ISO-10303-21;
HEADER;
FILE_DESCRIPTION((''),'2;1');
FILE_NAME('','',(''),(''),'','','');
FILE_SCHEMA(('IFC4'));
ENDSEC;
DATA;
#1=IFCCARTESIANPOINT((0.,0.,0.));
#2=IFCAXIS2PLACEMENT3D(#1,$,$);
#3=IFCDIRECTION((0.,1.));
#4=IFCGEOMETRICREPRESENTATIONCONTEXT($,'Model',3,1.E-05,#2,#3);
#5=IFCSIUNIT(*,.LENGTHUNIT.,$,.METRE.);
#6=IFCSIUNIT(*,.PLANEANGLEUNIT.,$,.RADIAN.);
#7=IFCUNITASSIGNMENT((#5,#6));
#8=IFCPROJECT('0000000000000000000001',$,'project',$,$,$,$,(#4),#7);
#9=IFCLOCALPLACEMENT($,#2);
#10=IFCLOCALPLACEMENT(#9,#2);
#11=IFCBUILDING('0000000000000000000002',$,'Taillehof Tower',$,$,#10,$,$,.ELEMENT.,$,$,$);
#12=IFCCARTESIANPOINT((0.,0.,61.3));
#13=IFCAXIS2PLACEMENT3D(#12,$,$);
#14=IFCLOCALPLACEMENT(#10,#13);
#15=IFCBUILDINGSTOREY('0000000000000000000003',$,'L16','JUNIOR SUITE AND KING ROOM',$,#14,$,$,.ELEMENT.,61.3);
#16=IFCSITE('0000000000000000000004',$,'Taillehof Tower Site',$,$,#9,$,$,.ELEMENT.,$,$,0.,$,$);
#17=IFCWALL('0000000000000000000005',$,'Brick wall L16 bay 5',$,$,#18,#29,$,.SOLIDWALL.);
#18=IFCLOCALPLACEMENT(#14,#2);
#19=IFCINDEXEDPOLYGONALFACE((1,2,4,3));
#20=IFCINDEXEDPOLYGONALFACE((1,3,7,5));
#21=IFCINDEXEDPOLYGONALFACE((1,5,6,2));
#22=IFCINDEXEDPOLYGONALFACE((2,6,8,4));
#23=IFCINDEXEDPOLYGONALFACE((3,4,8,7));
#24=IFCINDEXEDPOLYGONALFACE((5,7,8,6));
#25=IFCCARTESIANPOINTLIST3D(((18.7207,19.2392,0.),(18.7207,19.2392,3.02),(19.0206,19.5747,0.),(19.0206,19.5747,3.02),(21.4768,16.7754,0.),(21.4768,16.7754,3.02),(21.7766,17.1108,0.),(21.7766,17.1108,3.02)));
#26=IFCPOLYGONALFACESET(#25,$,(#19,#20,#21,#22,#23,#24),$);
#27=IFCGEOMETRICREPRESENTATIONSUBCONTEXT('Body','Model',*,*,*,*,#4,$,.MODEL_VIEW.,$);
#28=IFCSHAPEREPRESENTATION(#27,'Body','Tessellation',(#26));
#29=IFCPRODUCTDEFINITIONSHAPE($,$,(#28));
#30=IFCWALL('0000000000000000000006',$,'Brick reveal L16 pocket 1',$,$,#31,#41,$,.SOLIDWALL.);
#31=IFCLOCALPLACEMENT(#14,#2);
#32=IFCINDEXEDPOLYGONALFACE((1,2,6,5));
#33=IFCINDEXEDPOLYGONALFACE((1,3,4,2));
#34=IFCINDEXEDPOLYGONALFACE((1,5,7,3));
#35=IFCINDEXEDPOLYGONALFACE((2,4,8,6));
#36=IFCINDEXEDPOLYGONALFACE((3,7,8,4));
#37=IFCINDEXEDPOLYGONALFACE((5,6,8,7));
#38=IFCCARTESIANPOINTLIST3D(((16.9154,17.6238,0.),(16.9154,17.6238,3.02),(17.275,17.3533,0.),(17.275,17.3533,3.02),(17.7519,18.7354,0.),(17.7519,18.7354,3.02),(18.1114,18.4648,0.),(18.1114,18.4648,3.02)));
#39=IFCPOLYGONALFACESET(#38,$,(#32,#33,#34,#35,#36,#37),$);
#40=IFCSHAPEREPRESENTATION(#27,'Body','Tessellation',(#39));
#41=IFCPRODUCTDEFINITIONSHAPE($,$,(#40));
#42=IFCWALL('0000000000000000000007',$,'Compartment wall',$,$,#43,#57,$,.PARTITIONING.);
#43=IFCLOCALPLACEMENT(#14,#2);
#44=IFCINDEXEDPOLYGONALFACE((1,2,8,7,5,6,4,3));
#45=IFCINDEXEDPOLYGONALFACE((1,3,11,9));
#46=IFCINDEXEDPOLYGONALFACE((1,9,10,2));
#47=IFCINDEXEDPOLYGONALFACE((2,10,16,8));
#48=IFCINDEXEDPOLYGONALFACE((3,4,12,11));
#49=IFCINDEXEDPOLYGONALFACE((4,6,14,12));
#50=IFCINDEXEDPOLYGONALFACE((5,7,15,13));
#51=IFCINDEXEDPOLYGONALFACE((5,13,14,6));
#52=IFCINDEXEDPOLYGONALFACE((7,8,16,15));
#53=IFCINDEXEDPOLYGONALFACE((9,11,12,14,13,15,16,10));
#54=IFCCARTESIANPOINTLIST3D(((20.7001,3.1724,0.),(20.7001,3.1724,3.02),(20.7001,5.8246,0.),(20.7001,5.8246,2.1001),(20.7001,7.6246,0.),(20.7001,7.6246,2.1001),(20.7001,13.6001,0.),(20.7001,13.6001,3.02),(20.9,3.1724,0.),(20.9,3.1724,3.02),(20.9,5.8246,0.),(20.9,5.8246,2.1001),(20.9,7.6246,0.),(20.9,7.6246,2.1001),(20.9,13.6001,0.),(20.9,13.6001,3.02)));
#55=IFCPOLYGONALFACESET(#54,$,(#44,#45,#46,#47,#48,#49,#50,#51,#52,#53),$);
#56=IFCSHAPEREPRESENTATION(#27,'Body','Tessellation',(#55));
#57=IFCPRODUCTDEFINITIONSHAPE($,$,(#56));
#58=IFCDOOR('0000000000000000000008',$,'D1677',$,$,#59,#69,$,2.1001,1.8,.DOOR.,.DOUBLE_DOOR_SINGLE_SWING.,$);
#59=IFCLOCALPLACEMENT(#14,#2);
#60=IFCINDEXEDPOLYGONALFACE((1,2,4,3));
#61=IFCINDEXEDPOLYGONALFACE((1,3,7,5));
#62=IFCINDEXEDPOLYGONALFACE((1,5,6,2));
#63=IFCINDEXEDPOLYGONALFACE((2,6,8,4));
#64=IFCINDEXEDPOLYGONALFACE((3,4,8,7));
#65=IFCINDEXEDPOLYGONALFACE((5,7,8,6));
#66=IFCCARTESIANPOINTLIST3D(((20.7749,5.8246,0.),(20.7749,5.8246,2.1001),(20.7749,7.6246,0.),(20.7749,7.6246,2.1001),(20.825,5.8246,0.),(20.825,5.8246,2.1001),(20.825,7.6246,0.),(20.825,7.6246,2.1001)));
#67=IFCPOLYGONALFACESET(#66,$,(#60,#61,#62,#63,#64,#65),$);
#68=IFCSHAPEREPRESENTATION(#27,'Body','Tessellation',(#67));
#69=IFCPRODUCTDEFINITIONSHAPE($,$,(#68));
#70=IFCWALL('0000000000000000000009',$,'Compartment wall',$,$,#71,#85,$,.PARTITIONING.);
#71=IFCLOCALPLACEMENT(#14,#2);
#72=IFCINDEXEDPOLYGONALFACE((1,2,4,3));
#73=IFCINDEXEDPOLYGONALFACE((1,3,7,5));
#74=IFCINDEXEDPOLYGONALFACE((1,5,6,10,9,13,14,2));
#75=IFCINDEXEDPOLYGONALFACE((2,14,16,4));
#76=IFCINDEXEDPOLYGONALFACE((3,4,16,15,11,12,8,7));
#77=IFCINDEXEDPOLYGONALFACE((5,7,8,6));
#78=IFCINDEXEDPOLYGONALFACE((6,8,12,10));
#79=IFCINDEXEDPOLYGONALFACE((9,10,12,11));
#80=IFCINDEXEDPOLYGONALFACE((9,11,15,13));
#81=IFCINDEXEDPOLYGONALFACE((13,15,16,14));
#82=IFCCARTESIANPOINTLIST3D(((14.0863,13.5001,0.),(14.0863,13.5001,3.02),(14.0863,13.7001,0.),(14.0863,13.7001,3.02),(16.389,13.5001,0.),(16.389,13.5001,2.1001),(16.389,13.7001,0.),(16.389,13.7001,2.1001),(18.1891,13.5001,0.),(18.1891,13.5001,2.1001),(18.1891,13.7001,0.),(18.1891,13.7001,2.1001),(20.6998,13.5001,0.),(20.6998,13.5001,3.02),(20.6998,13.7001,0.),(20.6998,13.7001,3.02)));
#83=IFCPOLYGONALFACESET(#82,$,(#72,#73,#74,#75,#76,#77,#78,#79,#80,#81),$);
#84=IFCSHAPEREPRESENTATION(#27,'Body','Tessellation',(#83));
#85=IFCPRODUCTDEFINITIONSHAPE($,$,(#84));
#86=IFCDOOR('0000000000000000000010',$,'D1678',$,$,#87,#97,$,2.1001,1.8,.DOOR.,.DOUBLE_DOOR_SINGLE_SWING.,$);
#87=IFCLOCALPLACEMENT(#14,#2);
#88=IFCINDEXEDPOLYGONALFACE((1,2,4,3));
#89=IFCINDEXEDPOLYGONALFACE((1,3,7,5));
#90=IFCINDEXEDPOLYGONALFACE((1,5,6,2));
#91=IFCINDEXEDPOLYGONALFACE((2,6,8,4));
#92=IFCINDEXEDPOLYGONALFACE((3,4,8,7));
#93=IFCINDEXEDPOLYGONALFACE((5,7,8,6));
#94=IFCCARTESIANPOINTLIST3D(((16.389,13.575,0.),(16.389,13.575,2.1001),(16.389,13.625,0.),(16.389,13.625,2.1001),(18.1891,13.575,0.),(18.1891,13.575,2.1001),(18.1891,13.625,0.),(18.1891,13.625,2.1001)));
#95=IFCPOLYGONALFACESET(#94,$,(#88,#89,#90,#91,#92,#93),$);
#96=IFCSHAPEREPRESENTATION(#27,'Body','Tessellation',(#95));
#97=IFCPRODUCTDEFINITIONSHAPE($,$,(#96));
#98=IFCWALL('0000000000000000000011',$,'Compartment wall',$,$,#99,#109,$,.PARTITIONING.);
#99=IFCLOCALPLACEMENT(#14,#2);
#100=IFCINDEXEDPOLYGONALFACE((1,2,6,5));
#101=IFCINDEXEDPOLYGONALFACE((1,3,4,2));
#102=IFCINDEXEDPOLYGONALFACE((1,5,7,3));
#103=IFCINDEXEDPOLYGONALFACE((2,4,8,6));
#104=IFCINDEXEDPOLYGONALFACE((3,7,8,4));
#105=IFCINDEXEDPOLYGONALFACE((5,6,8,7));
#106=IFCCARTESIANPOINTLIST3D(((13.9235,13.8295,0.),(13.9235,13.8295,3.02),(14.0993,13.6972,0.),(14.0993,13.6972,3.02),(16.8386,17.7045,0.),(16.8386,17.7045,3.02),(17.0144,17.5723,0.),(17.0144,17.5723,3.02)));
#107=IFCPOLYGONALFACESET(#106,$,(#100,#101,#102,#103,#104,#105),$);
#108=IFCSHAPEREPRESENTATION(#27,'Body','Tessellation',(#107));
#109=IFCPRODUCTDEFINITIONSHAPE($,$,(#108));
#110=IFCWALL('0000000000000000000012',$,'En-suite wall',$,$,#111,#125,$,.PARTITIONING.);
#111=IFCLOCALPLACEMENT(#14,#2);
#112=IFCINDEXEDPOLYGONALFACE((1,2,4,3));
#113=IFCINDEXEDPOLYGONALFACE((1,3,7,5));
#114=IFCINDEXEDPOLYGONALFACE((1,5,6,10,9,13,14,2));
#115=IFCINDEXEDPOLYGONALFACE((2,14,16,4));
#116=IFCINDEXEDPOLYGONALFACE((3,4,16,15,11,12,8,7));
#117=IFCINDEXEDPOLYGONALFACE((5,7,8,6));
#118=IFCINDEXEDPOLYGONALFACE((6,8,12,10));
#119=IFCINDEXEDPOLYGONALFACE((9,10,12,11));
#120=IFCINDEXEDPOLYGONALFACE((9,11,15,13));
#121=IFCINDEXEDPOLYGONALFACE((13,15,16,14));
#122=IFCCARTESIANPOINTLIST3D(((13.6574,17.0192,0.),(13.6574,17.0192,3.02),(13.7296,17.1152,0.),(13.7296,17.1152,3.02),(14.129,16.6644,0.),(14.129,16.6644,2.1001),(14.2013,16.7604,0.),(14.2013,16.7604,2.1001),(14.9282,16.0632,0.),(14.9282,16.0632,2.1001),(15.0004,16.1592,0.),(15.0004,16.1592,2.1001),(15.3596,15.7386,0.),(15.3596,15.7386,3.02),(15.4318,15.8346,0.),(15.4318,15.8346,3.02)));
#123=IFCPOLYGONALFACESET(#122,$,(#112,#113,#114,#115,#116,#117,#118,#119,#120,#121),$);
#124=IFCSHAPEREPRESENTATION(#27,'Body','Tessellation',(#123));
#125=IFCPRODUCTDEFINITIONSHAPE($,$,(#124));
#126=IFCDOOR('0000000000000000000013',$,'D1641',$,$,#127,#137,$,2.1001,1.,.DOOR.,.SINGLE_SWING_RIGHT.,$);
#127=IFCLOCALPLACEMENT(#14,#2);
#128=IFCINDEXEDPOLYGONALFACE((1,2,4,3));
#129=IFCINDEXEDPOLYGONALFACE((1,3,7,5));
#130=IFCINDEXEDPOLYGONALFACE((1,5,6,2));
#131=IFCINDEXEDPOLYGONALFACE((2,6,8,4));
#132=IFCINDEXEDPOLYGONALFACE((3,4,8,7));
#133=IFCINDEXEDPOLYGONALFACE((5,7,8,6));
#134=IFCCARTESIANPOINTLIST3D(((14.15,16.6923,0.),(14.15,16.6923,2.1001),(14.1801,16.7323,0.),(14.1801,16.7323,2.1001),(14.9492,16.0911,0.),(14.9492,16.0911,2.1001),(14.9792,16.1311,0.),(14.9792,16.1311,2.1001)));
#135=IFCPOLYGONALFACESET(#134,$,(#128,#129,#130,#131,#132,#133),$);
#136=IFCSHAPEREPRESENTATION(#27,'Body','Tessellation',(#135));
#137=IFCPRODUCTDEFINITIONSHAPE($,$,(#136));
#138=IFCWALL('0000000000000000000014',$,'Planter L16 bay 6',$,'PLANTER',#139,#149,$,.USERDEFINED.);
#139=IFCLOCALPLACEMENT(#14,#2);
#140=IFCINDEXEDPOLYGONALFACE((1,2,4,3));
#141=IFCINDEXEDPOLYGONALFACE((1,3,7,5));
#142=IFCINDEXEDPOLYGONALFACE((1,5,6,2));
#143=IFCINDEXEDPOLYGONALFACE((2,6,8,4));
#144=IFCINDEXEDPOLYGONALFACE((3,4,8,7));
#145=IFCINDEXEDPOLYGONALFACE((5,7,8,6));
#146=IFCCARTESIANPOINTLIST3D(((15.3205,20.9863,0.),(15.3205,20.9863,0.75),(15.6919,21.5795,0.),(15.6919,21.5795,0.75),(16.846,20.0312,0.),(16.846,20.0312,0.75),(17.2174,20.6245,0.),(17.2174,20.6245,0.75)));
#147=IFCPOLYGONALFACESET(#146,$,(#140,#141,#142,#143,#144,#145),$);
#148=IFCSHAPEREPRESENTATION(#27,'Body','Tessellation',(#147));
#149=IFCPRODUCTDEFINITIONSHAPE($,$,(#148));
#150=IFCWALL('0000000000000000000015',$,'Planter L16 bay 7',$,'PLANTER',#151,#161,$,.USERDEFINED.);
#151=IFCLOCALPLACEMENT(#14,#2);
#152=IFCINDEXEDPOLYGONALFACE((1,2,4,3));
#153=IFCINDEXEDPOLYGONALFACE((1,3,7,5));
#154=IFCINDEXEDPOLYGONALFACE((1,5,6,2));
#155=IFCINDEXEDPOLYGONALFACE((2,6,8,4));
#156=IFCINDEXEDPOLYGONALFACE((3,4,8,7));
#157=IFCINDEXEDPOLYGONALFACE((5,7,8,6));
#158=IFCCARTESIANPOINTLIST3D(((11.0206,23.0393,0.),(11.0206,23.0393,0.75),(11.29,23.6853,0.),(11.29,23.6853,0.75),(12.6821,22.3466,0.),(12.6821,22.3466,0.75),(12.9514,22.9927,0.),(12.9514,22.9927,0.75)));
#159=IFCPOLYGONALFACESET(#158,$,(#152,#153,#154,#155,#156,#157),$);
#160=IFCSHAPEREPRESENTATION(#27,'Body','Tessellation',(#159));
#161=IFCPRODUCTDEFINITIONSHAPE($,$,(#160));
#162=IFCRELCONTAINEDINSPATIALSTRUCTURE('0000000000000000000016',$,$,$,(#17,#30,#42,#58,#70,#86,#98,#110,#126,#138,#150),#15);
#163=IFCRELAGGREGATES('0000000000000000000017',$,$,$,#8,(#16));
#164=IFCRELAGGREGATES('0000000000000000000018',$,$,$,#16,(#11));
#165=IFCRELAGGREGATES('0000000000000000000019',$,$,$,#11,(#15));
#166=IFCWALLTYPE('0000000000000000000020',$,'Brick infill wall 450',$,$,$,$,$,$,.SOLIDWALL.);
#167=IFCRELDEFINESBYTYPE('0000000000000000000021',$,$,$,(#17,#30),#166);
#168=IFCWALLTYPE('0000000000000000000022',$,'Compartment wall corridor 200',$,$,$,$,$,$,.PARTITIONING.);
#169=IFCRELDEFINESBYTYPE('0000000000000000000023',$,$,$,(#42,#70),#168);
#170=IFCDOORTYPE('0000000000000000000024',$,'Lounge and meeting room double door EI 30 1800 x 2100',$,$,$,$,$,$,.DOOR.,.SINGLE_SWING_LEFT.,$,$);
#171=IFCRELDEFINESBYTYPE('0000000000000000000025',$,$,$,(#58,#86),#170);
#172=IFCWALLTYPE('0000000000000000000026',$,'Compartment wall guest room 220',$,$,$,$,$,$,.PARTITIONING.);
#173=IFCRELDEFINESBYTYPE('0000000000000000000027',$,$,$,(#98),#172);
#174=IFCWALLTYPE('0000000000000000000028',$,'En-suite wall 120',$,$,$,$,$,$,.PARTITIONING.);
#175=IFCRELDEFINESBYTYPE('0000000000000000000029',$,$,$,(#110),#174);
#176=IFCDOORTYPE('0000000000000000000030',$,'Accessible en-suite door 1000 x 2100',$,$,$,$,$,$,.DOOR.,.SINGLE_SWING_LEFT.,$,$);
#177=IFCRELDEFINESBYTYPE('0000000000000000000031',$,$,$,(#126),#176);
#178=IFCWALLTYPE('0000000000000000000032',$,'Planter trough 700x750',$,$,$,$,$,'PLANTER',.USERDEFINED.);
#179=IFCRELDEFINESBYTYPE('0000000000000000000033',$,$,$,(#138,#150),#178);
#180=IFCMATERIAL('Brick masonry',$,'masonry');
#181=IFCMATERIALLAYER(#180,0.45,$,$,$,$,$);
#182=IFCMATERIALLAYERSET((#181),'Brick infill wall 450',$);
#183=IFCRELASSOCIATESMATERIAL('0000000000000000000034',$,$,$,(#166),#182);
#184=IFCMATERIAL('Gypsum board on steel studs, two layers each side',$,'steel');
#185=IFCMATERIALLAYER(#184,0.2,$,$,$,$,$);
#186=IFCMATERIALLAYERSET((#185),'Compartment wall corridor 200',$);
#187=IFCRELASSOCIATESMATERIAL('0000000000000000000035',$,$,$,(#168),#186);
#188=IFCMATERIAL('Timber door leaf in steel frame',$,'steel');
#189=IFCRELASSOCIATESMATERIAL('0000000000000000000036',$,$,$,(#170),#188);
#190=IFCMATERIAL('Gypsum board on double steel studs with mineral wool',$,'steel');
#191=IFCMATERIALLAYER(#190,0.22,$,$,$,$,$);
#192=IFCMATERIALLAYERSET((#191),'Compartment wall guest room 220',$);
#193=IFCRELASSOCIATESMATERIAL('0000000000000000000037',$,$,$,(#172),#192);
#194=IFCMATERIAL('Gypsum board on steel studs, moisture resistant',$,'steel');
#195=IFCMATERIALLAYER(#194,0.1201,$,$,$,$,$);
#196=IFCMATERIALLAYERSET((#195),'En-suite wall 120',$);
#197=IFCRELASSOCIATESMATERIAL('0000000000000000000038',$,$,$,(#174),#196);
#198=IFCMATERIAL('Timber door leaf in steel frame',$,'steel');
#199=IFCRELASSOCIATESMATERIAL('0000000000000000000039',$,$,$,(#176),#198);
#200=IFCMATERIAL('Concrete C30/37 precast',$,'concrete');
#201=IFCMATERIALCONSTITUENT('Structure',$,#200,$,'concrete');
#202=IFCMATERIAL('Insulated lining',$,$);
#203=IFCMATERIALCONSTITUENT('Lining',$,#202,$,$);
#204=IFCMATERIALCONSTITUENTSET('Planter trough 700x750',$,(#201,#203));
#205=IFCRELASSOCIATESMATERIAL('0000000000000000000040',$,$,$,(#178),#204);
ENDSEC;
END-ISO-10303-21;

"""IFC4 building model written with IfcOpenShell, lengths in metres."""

from ifc_helpers import new_model, si_unit, direction, frame, frame_2d, origin, place, context, subcontext, project, spatial, rectangle, extrude, material, layer, layer_set, constituent, constituent_set, type_object, element, fill, save


model = new_model("IFC4")

# Units and contexts
model_context = context("Model", 3, precision=1e-05, world=origin(), true_north=direction((0.0, 1.0)))
body_context = subcontext(model_context, "Body", "Model", "MODEL_VIEW")
ifc_project = project(units=[si_unit("LENGTHUNIT", "METRE"), si_unit("PLANEANGLEUNIT", "RADIAN")], contexts=[model_context])

# Site, building, storey
site_placement = place(None, origin())
site = spatial("IfcSite", under=ifc_project, at=site_placement, Name="Taillehof Tower Site", CompositionType="ELEMENT", RefElevation=0.0)
building_placement = place(site_placement, origin())
building = spatial("IfcBuilding", under=site, at=building_placement, Name="Taillehof Tower", CompositionType="ELEMENT")
storey_placement = place(building_placement, frame((0.0, 0.0, 61.3)))
storey = spatial("IfcBuildingStorey", under=building, at=storey_placement, Name="L16", Description="JUNIOR SUITE AND KING ROOM", CompositionType="ELEMENT", Elevation=61.3)

# Shared definitions
ifc_material_1 = material(Name="Brick masonry", Category="masonry")
ifc_layer_1 = layer(ifc_material_1, 0.45)
ifc_layer_set_1 = layer_set([ifc_layer_1], Name="Brick infill wall 450")
wall_type_1 = type_object("IfcWallType", Name="Brick infill wall 450", PredefinedType="SOLIDWALL", material=ifc_layer_set_1)

# Walls
wall_1_placement = place(storey_placement, frame((21.6267, 16.9431, 0.0), z_axis=(0.0, 0.0, 1.0), x_axis=(-0.745526, 0.666476, 0.0)))
element("IfcWall", 1, at=wall_1_placement, inside=storey, type_object=wall_type_1, Name="Brick wall L16 bay 5", PredefinedType="SOLIDWALL", context=body_context, shape_type="SweptSolid", body=[
    extrude(rectangle(XDim=3.6968, YDim=0.45, at=frame_2d((1.8484, 0.0))), origin(), (0.0, 0.0, 1.0), 3.02),
])
wall_2_placement = place(storey_placement, frame((17.9316, 18.6001, 0.0), z_axis=(0.0, 0.0, 1.0), x_axis=(-0.601263, -0.799051, 0.0)))
element("IfcWall", 2, at=wall_2_placement, inside=storey, type_object=wall_type_1, Name="Brick reveal L16 pocket 1", PredefinedType="SOLIDWALL", context=body_context, shape_type="SweptSolid", body=[
    extrude(rectangle(XDim=1.3911, YDim=0.45, at=frame_2d((0.6956, 0.0))), origin(), (0.0, 0.0, 1.0), 3.02),
])

# Walls, openings, doors
ifc_material_2 = material(Name="Gypsum board on steel studs, two layers each side", Category="steel")
ifc_layer_2 = layer(ifc_material_2, 0.2)
ifc_layer_set_2 = layer_set([ifc_layer_2], Name="Compartment wall corridor 200")
wall_type_2 = type_object("IfcWallType", Name="Compartment wall corridor 200", PredefinedType="PARTITIONING", material=ifc_layer_set_2)
wall_3_placement = place(storey_placement, frame((20.8, 13.6001, 0.0), z_axis=(0.0, 0.0, 1.0), x_axis=(0.0, -1.0, 0.0)))
wall_3 = element("IfcWall", 3, at=wall_3_placement, inside=storey, type_object=wall_type_2, Name="Compartment wall", PredefinedType="PARTITIONING", context=body_context, shape_type="SweptSolid", body=[
    extrude(rectangle(XDim=10.4277, YDim=0.2, at=frame_2d((5.2139, 0.0))), origin(), (0.0, 0.0, 1.0), 3.02),
])
opening_1_placement = place(wall_3_placement, frame((5.9756, 0.0, 0.0)))
opening_1 = element("IfcOpeningElement", 4, at=opening_1_placement, cuts=wall_3, PredefinedType="OPENING", context=body_context, shape_type="SweptSolid", body=[
    extrude(rectangle(XDim=1.8, YDim=2.1001, at=frame_2d((0.8999, 1.05))), frame((0.0, 0.1099, 0.0), z_axis=(0.0, -1.0, 0.0), x_axis=(1.0, 0.0, 0.0)), (0.0, 0.0, 1.0), 0.22),
])
ifc_material_3 = material(Name="Timber door leaf in steel frame", Category="steel")
door_type_1 = type_object("IfcDoorType", Name="Lounge and meeting room double door EI 30 1800 x 2100", OperationType="SINGLE_SWING_LEFT", PredefinedType="DOOR", material=ifc_material_3)
door_1_placement = place(opening_1_placement, origin())
door_1 = element("IfcDoor", 5, at=door_1_placement, inside=storey, type_object=door_type_1, Name="D1677", OperationType="DOUBLE_DOOR_SINGLE_SWING", OverallHeight=2.1001, OverallWidth=1.8, PredefinedType="DOOR", context=body_context, shape_type="SweptSolid", body=[
    extrude(rectangle(XDim=1.8, YDim=2.1001, at=frame_2d((0.8999, 1.05))), frame((0.0, 0.0249, 0.0), z_axis=(0.0, -1.0, 0.0), x_axis=(1.0, 0.0, 0.0)), (0.0, 0.0, 1.0), 0.05),
])
fill(opening_1, door_1)
wall_4_placement = place(storey_placement, frame((14.0864, 13.6001, 0.0), z_axis=(0.0, 0.0, 1.0), x_axis=(1.0, 0.0, 0.0)))
wall_4 = element("IfcWall", 6, at=wall_4_placement, inside=storey, type_object=wall_type_2, Name="Compartment wall", PredefinedType="PARTITIONING", context=body_context, shape_type="SweptSolid", body=[
    extrude(rectangle(XDim=6.6135, YDim=0.2, at=frame_2d((3.3066, 0.0))), origin(), (0.0, 0.0, 1.0), 3.02),
])
opening_2_placement = place(wall_4_placement, frame((2.3027, 0.0, 0.0)))
opening_2 = element("IfcOpeningElement", 7, at=opening_2_placement, cuts=wall_4, PredefinedType="OPENING", context=body_context, shape_type="SweptSolid", body=[
    extrude(rectangle(XDim=1.8, YDim=2.1001, at=frame_2d((0.8999, 1.05))), frame((0.0, 0.1099, 0.0), z_axis=(0.0, -1.0, 0.0), x_axis=(1.0, 0.0, 0.0)), (0.0, 0.0, 1.0), 0.22),
])
door_2_placement = place(opening_2_placement, origin())
door_2 = element("IfcDoor", 8, at=door_2_placement, inside=storey, type_object=door_type_1, Name="D1678", OperationType="DOUBLE_DOOR_SINGLE_SWING", OverallHeight=2.1001, OverallWidth=1.8, PredefinedType="DOOR", context=body_context, shape_type="SweptSolid", body=[
    extrude(rectangle(XDim=1.8, YDim=2.1001, at=frame_2d((0.8999, 1.05))), frame((0.0, 0.0249, 0.0), z_axis=(0.0, -1.0, 0.0), x_axis=(1.0, 0.0, 0.0)), (0.0, 0.0, 1.0), 0.05),
])
fill(opening_2, door_2)

# Wall
ifc_material_4 = material(Name="Gypsum board on double steel studs with mineral wool", Category="steel")
ifc_layer_3 = layer(ifc_material_4, 0.22)
ifc_layer_set_3 = layer_set([ifc_layer_3], Name="Compartment wall guest room 220")
wall_type_3 = type_object("IfcWallType", Name="Compartment wall guest room 220", PredefinedType="PARTITIONING", material=ifc_layer_set_3)
wall_5_placement = place(storey_placement, frame((16.9265, 17.6384, 0.0), z_axis=(0.0, 0.0, 1.0), x_axis=(-0.601159, -0.799129, 0.0)))
element("IfcWall", 9, at=wall_5_placement, inside=storey, type_object=wall_type_3, Name="Compartment wall", PredefinedType="PARTITIONING", context=body_context, shape_type="SweptSolid", body=[
    extrude(rectangle(XDim=4.8491, YDim=0.22, at=frame_2d((2.4246, 0.0))), origin(), (0.0, 0.0, 1.0), 3.02),
])

# Wall, opening, door
ifc_material_5 = material(Name="Gypsum board on steel studs, moisture resistant", Category="steel")
ifc_layer_4 = layer(ifc_material_5, 0.1201)
ifc_layer_set_4 = layer_set([ifc_layer_4], Name="En-suite wall 120")
wall_type_4 = type_object("IfcWallType", Name="En-suite wall 120", PredefinedType="PARTITIONING", material=ifc_layer_set_4)
wall_6_placement = place(storey_placement, frame((13.6936, 17.0671, 0.0), z_axis=(0.0, 0.0, 1.0), x_axis=(0.799119, -0.601173, 0.0)))
wall_6 = element("IfcWall", 10, at=wall_6_placement, inside=storey, type_object=wall_type_4, Name="En-suite wall", PredefinedType="PARTITIONING", context=body_context, shape_type="SweptSolid", body=[
    extrude(rectangle(XDim=2.1301, YDim=0.1201, at=frame_2d((1.0649, 0.0))), origin(), (0.0, 0.0, 1.0), 3.02),
])
opening_3_placement = place(wall_6_placement, frame((0.5901, 0.0, 0.0)))
opening_3 = element("IfcOpeningElement", 11, at=opening_3_placement, cuts=wall_6, PredefinedType="OPENING", context=body_context, shape_type="SweptSolid", body=[
    extrude(rectangle(XDim=1.0, YDim=2.1001, at=frame_2d((0.5, 1.05))), frame((0.0, 0.0701, 0.0), z_axis=(0.0, -1.0, 0.0), x_axis=(1.0, 0.0, 0.0)), (0.0, 0.0, 1.0), 0.1401),
])
ifc_material_6 = material(Name="Timber door leaf in steel frame", Category="steel")
door_type_2 = type_object("IfcDoorType", Name="Accessible en-suite door 1000 x 2100", OperationType="SINGLE_SWING_LEFT", PredefinedType="DOOR", material=ifc_material_6)
door_3_placement = place(opening_3_placement, origin())
door_3 = element("IfcDoor", 12, at=door_3_placement, inside=storey, type_object=door_type_2, Name="D1641", OperationType="SINGLE_SWING_RIGHT", OverallHeight=2.1001, OverallWidth=1.0, PredefinedType="DOOR", context=body_context, shape_type="SweptSolid", body=[
    extrude(rectangle(XDim=1.0, YDim=2.1001, at=frame_2d((0.5, 1.05))), frame((0.0, 0.0249, 0.0), z_axis=(0.0, -1.0, 0.0), x_axis=(1.0, 0.0, 0.0)), (0.0, 0.0, 1.0), 0.05),
])
fill(opening_3, door_3)

# Walls
ifc_material_7 = material(Name="Concrete C30/37 precast", Category="concrete")
ifc_constituent_1 = constituent(ifc_material_7, Name="Structure", Category="concrete")
ifc_material_8 = material(Name="Insulated lining")
ifc_constituent_2 = constituent(ifc_material_8, Name="Lining")
ifc_constituent_set = constituent_set(constituents=[ifc_constituent_1, ifc_constituent_2], Name="Planter trough 700x750")
wall_type_5 = type_object("IfcWallType", Name="Planter trough 700x750", ElementType="PLANTER", PredefinedType="USERDEFINED", material=ifc_constituent_set)
wall_7_placement = place(storey_placement, frame((17.0317, 20.3279, 0.0), z_axis=(0.0, 0.0, 1.0), x_axis=(-0.847609, 0.530621, 0.0)))
element("IfcWall", 13, at=wall_7_placement, inside=storey, type_object=wall_type_5, Name="Planter L16 bay 6", ObjectType="PLANTER", PredefinedType="USERDEFINED", context=body_context, shape_type="SweptSolid", body=[
    extrude(rectangle(XDim=1.7998, YDim=0.7, at=frame_2d((0.8999, 0.0))), origin(), (0.0, 0.0, 1.0), 0.75),
])
wall_8_placement = place(storey_placement, frame((12.8167, 22.6697, 0.0), z_axis=(0.0, 0.0, 1.0), x_axis=(-0.923001, 0.384798, 0.0)))
element("IfcWall", 14, at=wall_8_placement, inside=storey, type_object=wall_type_5, Name="Planter L16 bay 7", ObjectType="PLANTER", PredefinedType="USERDEFINED", context=body_context, shape_type="SweptSolid", body=[
    extrude(rectangle(XDim=1.8, YDim=0.7, at=frame_2d((0.8999, 0.0))), origin(), (0.0, 0.0, 1.0), 0.75),
])

save(model, "model.ifc")
